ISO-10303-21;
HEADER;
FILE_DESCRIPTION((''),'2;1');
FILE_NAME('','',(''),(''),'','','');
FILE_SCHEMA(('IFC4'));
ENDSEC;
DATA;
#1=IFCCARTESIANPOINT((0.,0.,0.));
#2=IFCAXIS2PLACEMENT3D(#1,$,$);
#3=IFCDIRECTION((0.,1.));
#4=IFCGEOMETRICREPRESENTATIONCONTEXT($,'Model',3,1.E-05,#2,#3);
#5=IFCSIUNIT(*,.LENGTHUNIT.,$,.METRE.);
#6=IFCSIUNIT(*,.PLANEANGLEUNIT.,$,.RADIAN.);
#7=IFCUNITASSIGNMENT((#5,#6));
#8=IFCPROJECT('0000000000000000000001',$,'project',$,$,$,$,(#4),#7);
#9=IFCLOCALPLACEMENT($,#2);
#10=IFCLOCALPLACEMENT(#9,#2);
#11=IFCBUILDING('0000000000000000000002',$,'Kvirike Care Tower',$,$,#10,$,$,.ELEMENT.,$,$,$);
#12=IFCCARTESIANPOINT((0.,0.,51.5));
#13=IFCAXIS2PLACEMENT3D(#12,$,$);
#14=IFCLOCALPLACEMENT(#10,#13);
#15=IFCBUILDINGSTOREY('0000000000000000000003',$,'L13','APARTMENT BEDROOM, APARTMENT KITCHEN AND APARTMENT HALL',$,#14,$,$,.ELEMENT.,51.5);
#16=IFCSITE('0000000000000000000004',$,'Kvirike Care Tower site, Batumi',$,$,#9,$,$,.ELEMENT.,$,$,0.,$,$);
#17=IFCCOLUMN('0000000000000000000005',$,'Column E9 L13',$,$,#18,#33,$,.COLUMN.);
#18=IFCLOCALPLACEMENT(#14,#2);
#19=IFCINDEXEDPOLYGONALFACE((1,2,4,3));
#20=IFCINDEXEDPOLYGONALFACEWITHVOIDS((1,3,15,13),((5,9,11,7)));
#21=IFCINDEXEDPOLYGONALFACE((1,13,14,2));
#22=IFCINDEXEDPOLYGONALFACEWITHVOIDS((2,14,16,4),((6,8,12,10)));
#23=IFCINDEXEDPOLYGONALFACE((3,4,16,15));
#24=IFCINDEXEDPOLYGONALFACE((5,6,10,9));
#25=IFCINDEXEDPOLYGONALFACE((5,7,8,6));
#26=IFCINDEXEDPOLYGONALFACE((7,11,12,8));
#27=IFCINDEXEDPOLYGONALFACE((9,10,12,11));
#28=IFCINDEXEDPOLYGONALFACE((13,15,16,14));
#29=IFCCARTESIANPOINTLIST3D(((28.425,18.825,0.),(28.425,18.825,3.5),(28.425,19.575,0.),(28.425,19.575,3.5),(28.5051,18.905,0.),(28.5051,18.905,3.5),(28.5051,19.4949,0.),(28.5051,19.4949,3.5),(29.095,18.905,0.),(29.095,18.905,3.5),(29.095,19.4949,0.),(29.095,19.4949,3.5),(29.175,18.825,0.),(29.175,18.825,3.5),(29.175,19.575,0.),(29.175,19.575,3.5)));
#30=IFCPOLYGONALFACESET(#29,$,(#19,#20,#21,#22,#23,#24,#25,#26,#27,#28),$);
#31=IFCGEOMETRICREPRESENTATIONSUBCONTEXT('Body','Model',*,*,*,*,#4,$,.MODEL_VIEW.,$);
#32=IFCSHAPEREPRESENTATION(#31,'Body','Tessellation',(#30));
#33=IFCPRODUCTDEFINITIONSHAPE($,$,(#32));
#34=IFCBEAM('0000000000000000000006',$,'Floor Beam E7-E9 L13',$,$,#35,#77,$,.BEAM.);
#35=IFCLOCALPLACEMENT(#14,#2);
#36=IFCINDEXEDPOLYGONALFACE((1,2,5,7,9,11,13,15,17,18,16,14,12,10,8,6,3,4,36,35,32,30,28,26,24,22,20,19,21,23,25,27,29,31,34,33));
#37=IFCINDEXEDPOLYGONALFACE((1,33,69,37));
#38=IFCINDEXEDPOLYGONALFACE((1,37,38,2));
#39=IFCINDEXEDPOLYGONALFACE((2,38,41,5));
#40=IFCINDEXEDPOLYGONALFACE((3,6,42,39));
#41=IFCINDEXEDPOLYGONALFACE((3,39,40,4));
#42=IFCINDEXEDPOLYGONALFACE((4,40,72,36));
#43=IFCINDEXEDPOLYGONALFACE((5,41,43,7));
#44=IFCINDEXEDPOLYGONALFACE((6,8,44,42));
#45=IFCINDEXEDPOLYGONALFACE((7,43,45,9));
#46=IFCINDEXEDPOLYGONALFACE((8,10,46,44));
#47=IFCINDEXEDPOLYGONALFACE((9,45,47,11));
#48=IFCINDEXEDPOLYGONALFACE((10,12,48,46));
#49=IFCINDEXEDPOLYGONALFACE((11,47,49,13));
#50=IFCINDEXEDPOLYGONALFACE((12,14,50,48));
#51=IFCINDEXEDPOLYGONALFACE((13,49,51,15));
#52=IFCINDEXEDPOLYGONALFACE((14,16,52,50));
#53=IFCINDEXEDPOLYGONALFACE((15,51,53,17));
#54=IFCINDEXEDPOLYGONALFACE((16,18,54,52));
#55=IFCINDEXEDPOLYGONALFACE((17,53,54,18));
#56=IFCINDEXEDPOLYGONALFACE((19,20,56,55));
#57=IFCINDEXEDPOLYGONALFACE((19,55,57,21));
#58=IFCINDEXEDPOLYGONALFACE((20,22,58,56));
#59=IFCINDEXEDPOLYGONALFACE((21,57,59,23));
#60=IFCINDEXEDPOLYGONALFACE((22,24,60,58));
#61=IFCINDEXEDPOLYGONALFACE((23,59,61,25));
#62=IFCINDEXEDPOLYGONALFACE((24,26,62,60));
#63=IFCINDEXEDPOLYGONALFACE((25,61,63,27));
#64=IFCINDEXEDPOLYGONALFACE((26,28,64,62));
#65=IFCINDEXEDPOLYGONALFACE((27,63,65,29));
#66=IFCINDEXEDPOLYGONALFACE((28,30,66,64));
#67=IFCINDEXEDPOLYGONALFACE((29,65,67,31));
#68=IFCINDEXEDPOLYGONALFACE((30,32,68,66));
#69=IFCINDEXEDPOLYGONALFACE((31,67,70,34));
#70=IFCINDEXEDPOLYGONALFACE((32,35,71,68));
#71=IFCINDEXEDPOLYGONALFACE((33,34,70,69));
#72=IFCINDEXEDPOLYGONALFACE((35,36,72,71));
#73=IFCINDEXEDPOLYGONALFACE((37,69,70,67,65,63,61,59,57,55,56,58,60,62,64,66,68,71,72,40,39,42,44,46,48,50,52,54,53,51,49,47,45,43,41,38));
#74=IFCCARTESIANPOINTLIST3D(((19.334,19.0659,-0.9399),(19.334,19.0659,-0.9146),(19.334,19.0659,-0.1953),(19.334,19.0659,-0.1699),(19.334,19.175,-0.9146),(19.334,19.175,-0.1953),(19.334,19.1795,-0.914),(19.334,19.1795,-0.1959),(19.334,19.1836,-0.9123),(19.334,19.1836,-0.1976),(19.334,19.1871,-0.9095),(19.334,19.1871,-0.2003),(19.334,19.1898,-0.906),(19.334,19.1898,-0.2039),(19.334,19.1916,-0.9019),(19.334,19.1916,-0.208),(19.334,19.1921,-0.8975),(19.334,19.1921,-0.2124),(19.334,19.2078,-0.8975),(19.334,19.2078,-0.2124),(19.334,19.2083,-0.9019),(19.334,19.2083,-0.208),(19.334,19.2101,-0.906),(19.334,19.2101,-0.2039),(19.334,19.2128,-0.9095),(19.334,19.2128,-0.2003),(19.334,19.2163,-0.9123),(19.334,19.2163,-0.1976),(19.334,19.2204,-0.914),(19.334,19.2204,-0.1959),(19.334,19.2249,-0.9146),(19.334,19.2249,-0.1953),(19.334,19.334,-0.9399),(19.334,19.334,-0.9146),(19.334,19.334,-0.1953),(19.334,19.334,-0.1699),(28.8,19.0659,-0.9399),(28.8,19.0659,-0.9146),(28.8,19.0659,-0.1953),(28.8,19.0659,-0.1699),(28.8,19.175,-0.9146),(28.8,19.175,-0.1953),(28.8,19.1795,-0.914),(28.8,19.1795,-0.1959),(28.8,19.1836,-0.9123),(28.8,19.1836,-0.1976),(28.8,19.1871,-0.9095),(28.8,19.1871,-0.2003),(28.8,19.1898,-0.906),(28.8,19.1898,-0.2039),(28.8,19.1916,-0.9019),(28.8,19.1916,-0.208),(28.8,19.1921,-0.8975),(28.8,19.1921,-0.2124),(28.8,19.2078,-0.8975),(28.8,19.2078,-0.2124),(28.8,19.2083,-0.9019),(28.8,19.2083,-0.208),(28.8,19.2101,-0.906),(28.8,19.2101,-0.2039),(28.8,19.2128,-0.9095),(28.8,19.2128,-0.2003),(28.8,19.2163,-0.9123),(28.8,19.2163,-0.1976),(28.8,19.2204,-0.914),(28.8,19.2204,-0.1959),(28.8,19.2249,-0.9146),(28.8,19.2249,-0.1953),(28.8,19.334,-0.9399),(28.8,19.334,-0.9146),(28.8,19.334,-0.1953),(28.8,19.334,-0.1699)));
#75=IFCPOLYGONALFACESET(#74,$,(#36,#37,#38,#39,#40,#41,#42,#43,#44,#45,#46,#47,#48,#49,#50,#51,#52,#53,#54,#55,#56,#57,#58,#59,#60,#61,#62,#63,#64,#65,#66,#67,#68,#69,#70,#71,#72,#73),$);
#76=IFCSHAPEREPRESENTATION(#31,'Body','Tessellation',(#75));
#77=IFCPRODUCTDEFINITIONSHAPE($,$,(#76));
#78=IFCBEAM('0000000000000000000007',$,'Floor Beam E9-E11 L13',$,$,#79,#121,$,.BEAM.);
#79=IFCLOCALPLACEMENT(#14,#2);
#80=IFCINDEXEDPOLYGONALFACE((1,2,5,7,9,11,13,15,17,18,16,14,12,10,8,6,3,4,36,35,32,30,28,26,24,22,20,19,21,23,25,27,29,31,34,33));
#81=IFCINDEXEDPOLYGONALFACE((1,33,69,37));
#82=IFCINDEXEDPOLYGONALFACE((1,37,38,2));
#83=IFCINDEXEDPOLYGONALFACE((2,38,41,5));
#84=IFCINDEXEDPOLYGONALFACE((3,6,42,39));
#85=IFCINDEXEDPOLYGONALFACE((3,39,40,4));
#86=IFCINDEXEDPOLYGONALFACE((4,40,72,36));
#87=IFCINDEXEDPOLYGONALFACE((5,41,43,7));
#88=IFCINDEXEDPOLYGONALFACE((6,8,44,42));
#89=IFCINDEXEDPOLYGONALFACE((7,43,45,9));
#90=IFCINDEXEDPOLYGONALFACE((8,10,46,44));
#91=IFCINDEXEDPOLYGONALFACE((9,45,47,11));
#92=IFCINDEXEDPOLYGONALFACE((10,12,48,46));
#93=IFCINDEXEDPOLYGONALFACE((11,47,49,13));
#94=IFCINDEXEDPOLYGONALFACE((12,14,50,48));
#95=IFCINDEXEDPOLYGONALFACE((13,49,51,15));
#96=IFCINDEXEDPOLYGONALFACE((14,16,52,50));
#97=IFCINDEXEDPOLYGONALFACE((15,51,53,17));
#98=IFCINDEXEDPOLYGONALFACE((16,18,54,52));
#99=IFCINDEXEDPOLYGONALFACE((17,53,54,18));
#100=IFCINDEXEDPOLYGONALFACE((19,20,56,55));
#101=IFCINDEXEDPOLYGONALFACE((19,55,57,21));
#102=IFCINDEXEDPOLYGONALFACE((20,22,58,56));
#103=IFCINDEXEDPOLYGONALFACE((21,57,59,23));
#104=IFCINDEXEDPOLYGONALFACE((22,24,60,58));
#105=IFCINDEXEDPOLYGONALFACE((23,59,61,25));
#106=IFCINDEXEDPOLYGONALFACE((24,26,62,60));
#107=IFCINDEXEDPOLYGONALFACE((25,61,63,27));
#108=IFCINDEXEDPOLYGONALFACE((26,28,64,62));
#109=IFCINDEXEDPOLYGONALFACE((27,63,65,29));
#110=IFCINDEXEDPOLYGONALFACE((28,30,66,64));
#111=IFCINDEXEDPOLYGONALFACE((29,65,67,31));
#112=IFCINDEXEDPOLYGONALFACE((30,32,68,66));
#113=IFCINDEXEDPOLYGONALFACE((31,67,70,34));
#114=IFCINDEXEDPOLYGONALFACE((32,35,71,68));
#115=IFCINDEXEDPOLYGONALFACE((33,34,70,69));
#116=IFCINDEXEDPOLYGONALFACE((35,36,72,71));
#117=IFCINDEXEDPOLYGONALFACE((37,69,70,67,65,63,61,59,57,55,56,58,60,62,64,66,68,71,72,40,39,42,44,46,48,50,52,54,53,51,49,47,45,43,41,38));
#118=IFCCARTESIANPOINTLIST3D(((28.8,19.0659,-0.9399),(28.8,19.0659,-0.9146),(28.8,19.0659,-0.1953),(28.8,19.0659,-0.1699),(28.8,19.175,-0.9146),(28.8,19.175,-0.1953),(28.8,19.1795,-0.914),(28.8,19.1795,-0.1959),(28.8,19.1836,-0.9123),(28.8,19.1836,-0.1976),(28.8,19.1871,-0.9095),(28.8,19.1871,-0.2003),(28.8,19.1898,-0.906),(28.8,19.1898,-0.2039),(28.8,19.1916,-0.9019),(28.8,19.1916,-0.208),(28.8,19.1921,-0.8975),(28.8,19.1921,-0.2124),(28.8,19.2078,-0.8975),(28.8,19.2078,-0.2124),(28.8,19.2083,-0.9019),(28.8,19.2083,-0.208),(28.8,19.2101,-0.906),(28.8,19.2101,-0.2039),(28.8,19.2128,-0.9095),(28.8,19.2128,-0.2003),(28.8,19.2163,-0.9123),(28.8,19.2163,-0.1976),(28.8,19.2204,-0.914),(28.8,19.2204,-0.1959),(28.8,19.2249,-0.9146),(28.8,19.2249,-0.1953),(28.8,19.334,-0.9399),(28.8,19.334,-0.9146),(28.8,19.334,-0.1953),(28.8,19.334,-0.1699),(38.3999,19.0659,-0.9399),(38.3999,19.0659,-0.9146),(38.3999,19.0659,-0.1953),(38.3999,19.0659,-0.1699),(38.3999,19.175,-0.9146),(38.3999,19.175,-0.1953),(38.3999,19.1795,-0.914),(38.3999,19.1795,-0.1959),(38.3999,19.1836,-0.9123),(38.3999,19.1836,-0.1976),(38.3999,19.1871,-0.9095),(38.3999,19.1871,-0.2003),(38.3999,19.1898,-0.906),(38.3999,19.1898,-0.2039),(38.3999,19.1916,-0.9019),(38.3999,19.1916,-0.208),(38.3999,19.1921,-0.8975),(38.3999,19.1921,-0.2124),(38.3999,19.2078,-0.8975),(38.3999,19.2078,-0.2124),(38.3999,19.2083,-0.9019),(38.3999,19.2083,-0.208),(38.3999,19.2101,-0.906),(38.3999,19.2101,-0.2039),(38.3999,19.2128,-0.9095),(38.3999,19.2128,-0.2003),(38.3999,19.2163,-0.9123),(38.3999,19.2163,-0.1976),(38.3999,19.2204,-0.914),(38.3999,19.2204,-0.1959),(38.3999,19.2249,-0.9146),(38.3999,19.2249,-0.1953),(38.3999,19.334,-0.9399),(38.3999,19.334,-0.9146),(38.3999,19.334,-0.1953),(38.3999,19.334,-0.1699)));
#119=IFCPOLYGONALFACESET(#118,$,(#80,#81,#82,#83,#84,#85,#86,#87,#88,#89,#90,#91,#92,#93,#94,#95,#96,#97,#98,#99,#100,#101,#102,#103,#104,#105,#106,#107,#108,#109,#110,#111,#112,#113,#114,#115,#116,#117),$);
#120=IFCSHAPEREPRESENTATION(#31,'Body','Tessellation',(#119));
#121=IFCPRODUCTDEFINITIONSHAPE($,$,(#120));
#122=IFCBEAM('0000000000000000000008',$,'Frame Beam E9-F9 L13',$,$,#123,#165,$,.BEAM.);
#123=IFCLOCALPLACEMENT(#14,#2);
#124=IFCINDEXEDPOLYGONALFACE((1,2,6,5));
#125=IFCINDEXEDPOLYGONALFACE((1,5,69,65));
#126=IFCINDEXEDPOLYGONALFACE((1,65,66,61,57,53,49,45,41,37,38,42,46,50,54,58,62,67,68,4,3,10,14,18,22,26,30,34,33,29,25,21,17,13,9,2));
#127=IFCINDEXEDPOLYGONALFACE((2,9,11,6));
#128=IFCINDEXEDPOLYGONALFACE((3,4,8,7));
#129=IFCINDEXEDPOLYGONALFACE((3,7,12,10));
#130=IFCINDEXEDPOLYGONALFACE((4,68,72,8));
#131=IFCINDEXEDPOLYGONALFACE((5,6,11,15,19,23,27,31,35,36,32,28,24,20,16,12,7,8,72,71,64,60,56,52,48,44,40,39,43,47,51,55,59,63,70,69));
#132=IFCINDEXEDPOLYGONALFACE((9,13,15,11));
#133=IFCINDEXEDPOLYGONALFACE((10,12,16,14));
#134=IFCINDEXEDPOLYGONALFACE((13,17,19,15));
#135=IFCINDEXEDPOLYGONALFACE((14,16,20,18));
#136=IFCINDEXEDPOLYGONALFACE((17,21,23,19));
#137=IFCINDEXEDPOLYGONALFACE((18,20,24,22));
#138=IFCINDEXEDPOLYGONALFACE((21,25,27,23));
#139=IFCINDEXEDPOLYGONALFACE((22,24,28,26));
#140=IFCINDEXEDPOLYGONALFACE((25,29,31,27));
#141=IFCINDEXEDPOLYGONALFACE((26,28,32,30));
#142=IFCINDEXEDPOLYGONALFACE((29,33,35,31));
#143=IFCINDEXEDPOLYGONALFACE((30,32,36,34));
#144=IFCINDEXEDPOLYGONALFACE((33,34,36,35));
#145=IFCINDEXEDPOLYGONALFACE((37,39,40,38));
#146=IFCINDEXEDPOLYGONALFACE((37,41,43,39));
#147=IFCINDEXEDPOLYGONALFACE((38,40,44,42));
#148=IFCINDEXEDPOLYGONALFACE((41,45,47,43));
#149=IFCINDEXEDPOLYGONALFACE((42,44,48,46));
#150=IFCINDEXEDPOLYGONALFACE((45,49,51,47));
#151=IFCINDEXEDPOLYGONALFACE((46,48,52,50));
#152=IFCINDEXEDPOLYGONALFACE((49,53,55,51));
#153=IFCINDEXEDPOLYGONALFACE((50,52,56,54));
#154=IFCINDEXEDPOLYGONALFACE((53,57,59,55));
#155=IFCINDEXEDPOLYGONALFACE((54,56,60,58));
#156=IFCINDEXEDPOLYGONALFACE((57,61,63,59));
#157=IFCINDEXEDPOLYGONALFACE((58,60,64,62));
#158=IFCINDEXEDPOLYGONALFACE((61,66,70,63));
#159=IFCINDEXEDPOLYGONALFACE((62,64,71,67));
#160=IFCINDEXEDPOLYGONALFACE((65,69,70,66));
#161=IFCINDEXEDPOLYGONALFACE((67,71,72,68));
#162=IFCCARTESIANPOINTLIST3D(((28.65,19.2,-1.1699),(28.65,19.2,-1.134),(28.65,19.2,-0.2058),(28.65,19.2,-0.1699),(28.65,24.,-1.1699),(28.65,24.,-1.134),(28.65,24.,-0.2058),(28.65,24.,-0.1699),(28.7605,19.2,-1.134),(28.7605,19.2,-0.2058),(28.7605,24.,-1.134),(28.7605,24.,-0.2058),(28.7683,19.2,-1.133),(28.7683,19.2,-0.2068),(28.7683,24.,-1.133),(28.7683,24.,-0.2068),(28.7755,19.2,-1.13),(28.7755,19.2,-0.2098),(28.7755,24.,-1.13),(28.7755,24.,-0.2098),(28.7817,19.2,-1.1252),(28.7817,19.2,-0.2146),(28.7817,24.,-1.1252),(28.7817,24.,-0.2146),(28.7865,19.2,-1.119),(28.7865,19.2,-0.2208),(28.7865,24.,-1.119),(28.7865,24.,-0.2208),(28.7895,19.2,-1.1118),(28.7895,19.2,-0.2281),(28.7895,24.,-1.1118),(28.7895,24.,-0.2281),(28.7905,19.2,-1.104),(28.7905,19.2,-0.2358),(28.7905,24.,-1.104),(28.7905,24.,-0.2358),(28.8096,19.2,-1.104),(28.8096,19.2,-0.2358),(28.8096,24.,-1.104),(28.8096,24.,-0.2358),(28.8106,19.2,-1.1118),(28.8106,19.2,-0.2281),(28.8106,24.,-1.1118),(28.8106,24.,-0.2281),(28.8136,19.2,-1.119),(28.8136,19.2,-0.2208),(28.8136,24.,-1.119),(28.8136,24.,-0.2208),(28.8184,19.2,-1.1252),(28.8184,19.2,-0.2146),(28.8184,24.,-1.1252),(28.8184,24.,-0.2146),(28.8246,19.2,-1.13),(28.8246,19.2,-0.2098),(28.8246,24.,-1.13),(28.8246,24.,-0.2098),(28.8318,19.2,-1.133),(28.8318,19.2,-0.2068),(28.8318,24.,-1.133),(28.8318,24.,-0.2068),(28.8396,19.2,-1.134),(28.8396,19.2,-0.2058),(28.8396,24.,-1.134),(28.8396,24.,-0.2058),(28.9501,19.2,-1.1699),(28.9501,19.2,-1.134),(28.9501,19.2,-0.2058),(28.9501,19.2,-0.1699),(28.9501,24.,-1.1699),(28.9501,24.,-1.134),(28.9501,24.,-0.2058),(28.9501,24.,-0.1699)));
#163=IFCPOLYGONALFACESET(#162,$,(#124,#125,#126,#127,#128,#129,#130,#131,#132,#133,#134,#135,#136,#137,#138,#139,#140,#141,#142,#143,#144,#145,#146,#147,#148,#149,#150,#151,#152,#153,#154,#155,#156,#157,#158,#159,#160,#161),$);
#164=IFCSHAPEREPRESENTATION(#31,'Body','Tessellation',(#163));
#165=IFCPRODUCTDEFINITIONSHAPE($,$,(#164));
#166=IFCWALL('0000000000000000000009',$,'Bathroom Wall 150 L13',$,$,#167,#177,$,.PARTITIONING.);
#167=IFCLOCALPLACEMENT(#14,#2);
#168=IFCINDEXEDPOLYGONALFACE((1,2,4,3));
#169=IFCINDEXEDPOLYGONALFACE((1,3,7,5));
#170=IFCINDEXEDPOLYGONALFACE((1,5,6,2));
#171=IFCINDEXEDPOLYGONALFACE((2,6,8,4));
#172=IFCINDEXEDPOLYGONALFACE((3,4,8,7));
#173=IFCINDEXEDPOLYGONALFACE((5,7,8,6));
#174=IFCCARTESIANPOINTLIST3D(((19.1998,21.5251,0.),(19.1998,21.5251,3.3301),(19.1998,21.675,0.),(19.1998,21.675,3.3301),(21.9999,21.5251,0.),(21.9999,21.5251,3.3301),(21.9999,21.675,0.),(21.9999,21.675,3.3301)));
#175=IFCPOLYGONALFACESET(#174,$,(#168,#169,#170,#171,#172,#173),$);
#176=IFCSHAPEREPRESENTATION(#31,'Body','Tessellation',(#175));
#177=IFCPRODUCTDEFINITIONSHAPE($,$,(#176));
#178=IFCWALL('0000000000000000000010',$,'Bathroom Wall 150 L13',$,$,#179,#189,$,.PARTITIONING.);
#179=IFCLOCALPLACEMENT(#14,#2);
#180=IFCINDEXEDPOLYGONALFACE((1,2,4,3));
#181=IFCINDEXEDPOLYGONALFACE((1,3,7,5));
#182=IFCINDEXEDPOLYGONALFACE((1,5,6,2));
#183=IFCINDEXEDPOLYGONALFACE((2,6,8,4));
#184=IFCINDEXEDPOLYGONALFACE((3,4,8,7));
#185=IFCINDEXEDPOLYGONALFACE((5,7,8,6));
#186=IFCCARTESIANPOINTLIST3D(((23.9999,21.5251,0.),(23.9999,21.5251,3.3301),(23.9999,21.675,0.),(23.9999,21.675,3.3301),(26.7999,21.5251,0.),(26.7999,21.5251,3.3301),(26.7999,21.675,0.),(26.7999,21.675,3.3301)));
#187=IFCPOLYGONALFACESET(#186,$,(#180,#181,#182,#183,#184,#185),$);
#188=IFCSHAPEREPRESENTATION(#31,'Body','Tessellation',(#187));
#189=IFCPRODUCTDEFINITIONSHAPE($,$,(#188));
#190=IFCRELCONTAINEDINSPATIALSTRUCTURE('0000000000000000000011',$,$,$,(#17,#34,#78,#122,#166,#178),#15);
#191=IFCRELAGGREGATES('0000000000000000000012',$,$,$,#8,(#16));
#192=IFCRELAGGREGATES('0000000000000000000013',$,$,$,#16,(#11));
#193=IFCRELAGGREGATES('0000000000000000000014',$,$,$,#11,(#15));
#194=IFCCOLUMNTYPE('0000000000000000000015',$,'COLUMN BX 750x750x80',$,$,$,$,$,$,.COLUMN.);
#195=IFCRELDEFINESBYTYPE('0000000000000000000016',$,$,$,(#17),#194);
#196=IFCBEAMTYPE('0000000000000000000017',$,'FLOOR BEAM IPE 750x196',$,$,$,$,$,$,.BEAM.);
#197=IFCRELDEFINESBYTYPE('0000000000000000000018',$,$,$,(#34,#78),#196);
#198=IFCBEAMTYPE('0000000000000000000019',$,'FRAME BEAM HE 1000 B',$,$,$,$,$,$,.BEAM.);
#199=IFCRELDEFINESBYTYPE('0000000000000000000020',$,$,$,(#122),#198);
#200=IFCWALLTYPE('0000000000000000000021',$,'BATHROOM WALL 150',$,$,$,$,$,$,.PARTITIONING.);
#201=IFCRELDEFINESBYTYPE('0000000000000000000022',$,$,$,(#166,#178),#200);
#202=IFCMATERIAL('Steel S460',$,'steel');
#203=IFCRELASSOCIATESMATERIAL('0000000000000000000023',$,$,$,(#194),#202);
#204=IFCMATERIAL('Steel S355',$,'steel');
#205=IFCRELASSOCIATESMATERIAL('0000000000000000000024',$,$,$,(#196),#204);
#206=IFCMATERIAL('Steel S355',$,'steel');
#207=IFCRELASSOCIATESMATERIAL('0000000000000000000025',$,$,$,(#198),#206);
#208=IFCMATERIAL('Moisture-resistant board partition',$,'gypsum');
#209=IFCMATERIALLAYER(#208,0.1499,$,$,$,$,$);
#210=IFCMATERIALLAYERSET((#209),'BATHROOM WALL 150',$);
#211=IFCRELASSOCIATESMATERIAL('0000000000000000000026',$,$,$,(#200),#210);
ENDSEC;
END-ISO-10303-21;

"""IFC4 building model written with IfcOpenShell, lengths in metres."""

from ifc_helpers import new_model, si_unit, direction, frame, frame_2d, origin, origin_2d, place, context, subcontext, project, spatial, rectangle, hollow_rectangle, i_section, extrude, material, layer, layer_set, material_profile, profile_set, type_object, element, save


model = new_model("IFC4")

# Units and contexts
model_context = context("Model", 3, precision=1e-05, world=origin(), true_north=direction((0.0, 1.0)))
body_context = subcontext(model_context, "Body", "Model", "MODEL_VIEW")
ifc_project = project(units=[si_unit("LENGTHUNIT", "METRE"), si_unit("PLANEANGLEUNIT", "RADIAN")], contexts=[model_context])

# Site, building, storey
site_placement = place(None, origin())
site = spatial("IfcSite", under=ifc_project, at=site_placement, Name="Kvirike Care Tower site, Batumi", CompositionType="ELEMENT", RefElevation=0.0)
building_placement = place(site_placement, origin())
building = spatial("IfcBuilding", under=site, at=building_placement, Name="Kvirike Care Tower", CompositionType="ELEMENT")
storey_placement = place(building_placement, frame((0.0, 0.0, 51.5)))
storey = spatial("IfcBuildingStorey", under=building, at=storey_placement, Name="L13", Description="APARTMENT BEDROOM, APARTMENT KITCHEN AND APARTMENT HALL", CompositionType="ELEMENT", Elevation=51.5)

# Column
ifc_material_1 = material(Name="Steel S460", Category="steel")
ifc_material_profile_1 = material_profile(ifc_material_1, hollow_rectangle(XDim=0.75, YDim=0.75, WallThickness=0.0801, at=origin_2d()), Name="BX 750x750x80")
ifc_profile_set_1 = profile_set([ifc_material_profile_1], Name="Steel S460")
column_type = type_object("IfcColumnType", Name="COLUMN BX 750x750x80", PredefinedType="COLUMN", material=ifc_profile_set_1)
column_placement = place(storey_placement, frame((28.8, 19.2, 0.0), z_axis=(0.0, 0.0, 1.0), x_axis=(1.0, 0.0, 0.0)))
element("IfcColumn", 1, at=column_placement, inside=storey, type_object=column_type, Name="Column E9 L13", PredefinedType="COLUMN", context=body_context, shape_type="SweptSolid", body=[
    extrude(hollow_rectangle(XDim=0.75, YDim=0.75, WallThickness=0.0801, at=origin_2d()), origin(), (0.0, 0.0, 1.0), 3.5),
])

# Beams
ifc_material_2 = material(Name="Steel S355", Category="steel")
ifc_material_profile_2 = material_profile(ifc_material_2, i_section(OverallWidth=0.2681, OverallDepth=0.77, WebThickness=0.0156, FlangeThickness=0.0254, FilletRadius=0.0171, at=origin_2d()), Name="IPE 750x196")
ifc_profile_set_2 = profile_set([ifc_material_profile_2], Name="Steel S355")
beam_type_1 = type_object("IfcBeamType", Name="FLOOR BEAM IPE 750x196", PredefinedType="BEAM", material=ifc_profile_set_2)
beam_1_placement = place(storey_placement, frame((19.334, 19.2, -0.5549), z_axis=(1.0, 0.0, 0.0), x_axis=(0.0, 1.0, 0.0)))
element("IfcBeam", 2, at=beam_1_placement, inside=storey, type_object=beam_type_1, Name="Floor Beam E7-E9 L13", PredefinedType="BEAM", context=body_context, shape_type="SweptSolid", body=[
    extrude(i_section(OverallWidth=0.2681, OverallDepth=0.77, WebThickness=0.0156, FlangeThickness=0.0254, FilletRadius=0.0171, at=origin_2d()), origin(), (0.0, 0.0, 1.0), 9.4661),
])
beam_2_placement = place(storey_placement, frame((28.8, 19.2, -0.5549), z_axis=(1.0, 0.0, 0.0), x_axis=(0.0, 1.0, 0.0)))
element("IfcBeam", 3, at=beam_2_placement, inside=storey, type_object=beam_type_1, Name="Floor Beam E9-E11 L13", PredefinedType="BEAM", context=body_context, shape_type="SweptSolid", body=[
    extrude(i_section(OverallWidth=0.2681, OverallDepth=0.77, WebThickness=0.0156, FlangeThickness=0.0254, FilletRadius=0.0171, at=origin_2d()), origin(), (0.0, 0.0, 1.0), 9.5999),
])
ifc_material_3 = material(Name="Steel S355", Category="steel")
ifc_material_profile_3 = material_profile(ifc_material_3, i_section(OverallWidth=0.3, OverallDepth=1.0, WebThickness=0.019, FlangeThickness=0.0359, FilletRadius=0.03, at=origin_2d()), Name="HE 1000 B")
ifc_profile_set_3 = profile_set([ifc_material_profile_3], Name="Steel S355")
beam_type_2 = type_object("IfcBeamType", Name="FRAME BEAM HE 1000 B", PredefinedType="BEAM", material=ifc_profile_set_3)
beam_3_placement = place(storey_placement, frame((28.8, 19.2, -0.6699), z_axis=(0.0, 1.0, 0.0), x_axis=(-1.0, 0.0, 0.0)))
element("IfcBeam", 4, at=beam_3_placement, inside=storey, type_object=beam_type_2, Name="Frame Beam E9-F9 L13", PredefinedType="BEAM", context=body_context, shape_type="SweptSolid", body=[
    extrude(i_section(OverallWidth=0.3, OverallDepth=1.0, WebThickness=0.019, FlangeThickness=0.0359, FilletRadius=0.03, at=origin_2d()), origin(), (0.0, 0.0, 1.0), 4.8),
])

# Walls
ifc_material_4 = material(Name="Moisture-resistant board partition", Category="gypsum")
ifc_layer_1 = layer(ifc_material_4, 0.1499)
ifc_layer_set_1 = layer_set([ifc_layer_1], Name="BATHROOM WALL 150")
wall_type_1 = type_object("IfcWallType", Name="BATHROOM WALL 150", PredefinedType="PARTITIONING", material=ifc_layer_set_1)
for number, where, z_axis, x_axis, name in (
    (5, (19.2, 21.6001, 0.0), (0.0, 0.0, 1.0), (1.0, 0.0, 0.0), "Bathroom Wall 150 L13"),
    (6, (24.0, 21.6001, 0.0), (0.0, 0.0, 1.0), (1.0, 0.0, 0.0), "Bathroom Wall 150 L13"),
):
    element("IfcWall", number, at=place(storey_placement, frame(where, z_axis=z_axis, x_axis=x_axis)), inside=storey, type_object=wall_type_1, Name=name, PredefinedType="PARTITIONING", context=body_context, shape_type="SweptSolid", body=[
        extrude(rectangle(XDim=2.8, YDim=0.1499, at=frame_2d((1.3999, 0.0))), origin(), (0.0, 0.0, 1.0), 3.3301),
    ])

save(model, "model.ifc")
